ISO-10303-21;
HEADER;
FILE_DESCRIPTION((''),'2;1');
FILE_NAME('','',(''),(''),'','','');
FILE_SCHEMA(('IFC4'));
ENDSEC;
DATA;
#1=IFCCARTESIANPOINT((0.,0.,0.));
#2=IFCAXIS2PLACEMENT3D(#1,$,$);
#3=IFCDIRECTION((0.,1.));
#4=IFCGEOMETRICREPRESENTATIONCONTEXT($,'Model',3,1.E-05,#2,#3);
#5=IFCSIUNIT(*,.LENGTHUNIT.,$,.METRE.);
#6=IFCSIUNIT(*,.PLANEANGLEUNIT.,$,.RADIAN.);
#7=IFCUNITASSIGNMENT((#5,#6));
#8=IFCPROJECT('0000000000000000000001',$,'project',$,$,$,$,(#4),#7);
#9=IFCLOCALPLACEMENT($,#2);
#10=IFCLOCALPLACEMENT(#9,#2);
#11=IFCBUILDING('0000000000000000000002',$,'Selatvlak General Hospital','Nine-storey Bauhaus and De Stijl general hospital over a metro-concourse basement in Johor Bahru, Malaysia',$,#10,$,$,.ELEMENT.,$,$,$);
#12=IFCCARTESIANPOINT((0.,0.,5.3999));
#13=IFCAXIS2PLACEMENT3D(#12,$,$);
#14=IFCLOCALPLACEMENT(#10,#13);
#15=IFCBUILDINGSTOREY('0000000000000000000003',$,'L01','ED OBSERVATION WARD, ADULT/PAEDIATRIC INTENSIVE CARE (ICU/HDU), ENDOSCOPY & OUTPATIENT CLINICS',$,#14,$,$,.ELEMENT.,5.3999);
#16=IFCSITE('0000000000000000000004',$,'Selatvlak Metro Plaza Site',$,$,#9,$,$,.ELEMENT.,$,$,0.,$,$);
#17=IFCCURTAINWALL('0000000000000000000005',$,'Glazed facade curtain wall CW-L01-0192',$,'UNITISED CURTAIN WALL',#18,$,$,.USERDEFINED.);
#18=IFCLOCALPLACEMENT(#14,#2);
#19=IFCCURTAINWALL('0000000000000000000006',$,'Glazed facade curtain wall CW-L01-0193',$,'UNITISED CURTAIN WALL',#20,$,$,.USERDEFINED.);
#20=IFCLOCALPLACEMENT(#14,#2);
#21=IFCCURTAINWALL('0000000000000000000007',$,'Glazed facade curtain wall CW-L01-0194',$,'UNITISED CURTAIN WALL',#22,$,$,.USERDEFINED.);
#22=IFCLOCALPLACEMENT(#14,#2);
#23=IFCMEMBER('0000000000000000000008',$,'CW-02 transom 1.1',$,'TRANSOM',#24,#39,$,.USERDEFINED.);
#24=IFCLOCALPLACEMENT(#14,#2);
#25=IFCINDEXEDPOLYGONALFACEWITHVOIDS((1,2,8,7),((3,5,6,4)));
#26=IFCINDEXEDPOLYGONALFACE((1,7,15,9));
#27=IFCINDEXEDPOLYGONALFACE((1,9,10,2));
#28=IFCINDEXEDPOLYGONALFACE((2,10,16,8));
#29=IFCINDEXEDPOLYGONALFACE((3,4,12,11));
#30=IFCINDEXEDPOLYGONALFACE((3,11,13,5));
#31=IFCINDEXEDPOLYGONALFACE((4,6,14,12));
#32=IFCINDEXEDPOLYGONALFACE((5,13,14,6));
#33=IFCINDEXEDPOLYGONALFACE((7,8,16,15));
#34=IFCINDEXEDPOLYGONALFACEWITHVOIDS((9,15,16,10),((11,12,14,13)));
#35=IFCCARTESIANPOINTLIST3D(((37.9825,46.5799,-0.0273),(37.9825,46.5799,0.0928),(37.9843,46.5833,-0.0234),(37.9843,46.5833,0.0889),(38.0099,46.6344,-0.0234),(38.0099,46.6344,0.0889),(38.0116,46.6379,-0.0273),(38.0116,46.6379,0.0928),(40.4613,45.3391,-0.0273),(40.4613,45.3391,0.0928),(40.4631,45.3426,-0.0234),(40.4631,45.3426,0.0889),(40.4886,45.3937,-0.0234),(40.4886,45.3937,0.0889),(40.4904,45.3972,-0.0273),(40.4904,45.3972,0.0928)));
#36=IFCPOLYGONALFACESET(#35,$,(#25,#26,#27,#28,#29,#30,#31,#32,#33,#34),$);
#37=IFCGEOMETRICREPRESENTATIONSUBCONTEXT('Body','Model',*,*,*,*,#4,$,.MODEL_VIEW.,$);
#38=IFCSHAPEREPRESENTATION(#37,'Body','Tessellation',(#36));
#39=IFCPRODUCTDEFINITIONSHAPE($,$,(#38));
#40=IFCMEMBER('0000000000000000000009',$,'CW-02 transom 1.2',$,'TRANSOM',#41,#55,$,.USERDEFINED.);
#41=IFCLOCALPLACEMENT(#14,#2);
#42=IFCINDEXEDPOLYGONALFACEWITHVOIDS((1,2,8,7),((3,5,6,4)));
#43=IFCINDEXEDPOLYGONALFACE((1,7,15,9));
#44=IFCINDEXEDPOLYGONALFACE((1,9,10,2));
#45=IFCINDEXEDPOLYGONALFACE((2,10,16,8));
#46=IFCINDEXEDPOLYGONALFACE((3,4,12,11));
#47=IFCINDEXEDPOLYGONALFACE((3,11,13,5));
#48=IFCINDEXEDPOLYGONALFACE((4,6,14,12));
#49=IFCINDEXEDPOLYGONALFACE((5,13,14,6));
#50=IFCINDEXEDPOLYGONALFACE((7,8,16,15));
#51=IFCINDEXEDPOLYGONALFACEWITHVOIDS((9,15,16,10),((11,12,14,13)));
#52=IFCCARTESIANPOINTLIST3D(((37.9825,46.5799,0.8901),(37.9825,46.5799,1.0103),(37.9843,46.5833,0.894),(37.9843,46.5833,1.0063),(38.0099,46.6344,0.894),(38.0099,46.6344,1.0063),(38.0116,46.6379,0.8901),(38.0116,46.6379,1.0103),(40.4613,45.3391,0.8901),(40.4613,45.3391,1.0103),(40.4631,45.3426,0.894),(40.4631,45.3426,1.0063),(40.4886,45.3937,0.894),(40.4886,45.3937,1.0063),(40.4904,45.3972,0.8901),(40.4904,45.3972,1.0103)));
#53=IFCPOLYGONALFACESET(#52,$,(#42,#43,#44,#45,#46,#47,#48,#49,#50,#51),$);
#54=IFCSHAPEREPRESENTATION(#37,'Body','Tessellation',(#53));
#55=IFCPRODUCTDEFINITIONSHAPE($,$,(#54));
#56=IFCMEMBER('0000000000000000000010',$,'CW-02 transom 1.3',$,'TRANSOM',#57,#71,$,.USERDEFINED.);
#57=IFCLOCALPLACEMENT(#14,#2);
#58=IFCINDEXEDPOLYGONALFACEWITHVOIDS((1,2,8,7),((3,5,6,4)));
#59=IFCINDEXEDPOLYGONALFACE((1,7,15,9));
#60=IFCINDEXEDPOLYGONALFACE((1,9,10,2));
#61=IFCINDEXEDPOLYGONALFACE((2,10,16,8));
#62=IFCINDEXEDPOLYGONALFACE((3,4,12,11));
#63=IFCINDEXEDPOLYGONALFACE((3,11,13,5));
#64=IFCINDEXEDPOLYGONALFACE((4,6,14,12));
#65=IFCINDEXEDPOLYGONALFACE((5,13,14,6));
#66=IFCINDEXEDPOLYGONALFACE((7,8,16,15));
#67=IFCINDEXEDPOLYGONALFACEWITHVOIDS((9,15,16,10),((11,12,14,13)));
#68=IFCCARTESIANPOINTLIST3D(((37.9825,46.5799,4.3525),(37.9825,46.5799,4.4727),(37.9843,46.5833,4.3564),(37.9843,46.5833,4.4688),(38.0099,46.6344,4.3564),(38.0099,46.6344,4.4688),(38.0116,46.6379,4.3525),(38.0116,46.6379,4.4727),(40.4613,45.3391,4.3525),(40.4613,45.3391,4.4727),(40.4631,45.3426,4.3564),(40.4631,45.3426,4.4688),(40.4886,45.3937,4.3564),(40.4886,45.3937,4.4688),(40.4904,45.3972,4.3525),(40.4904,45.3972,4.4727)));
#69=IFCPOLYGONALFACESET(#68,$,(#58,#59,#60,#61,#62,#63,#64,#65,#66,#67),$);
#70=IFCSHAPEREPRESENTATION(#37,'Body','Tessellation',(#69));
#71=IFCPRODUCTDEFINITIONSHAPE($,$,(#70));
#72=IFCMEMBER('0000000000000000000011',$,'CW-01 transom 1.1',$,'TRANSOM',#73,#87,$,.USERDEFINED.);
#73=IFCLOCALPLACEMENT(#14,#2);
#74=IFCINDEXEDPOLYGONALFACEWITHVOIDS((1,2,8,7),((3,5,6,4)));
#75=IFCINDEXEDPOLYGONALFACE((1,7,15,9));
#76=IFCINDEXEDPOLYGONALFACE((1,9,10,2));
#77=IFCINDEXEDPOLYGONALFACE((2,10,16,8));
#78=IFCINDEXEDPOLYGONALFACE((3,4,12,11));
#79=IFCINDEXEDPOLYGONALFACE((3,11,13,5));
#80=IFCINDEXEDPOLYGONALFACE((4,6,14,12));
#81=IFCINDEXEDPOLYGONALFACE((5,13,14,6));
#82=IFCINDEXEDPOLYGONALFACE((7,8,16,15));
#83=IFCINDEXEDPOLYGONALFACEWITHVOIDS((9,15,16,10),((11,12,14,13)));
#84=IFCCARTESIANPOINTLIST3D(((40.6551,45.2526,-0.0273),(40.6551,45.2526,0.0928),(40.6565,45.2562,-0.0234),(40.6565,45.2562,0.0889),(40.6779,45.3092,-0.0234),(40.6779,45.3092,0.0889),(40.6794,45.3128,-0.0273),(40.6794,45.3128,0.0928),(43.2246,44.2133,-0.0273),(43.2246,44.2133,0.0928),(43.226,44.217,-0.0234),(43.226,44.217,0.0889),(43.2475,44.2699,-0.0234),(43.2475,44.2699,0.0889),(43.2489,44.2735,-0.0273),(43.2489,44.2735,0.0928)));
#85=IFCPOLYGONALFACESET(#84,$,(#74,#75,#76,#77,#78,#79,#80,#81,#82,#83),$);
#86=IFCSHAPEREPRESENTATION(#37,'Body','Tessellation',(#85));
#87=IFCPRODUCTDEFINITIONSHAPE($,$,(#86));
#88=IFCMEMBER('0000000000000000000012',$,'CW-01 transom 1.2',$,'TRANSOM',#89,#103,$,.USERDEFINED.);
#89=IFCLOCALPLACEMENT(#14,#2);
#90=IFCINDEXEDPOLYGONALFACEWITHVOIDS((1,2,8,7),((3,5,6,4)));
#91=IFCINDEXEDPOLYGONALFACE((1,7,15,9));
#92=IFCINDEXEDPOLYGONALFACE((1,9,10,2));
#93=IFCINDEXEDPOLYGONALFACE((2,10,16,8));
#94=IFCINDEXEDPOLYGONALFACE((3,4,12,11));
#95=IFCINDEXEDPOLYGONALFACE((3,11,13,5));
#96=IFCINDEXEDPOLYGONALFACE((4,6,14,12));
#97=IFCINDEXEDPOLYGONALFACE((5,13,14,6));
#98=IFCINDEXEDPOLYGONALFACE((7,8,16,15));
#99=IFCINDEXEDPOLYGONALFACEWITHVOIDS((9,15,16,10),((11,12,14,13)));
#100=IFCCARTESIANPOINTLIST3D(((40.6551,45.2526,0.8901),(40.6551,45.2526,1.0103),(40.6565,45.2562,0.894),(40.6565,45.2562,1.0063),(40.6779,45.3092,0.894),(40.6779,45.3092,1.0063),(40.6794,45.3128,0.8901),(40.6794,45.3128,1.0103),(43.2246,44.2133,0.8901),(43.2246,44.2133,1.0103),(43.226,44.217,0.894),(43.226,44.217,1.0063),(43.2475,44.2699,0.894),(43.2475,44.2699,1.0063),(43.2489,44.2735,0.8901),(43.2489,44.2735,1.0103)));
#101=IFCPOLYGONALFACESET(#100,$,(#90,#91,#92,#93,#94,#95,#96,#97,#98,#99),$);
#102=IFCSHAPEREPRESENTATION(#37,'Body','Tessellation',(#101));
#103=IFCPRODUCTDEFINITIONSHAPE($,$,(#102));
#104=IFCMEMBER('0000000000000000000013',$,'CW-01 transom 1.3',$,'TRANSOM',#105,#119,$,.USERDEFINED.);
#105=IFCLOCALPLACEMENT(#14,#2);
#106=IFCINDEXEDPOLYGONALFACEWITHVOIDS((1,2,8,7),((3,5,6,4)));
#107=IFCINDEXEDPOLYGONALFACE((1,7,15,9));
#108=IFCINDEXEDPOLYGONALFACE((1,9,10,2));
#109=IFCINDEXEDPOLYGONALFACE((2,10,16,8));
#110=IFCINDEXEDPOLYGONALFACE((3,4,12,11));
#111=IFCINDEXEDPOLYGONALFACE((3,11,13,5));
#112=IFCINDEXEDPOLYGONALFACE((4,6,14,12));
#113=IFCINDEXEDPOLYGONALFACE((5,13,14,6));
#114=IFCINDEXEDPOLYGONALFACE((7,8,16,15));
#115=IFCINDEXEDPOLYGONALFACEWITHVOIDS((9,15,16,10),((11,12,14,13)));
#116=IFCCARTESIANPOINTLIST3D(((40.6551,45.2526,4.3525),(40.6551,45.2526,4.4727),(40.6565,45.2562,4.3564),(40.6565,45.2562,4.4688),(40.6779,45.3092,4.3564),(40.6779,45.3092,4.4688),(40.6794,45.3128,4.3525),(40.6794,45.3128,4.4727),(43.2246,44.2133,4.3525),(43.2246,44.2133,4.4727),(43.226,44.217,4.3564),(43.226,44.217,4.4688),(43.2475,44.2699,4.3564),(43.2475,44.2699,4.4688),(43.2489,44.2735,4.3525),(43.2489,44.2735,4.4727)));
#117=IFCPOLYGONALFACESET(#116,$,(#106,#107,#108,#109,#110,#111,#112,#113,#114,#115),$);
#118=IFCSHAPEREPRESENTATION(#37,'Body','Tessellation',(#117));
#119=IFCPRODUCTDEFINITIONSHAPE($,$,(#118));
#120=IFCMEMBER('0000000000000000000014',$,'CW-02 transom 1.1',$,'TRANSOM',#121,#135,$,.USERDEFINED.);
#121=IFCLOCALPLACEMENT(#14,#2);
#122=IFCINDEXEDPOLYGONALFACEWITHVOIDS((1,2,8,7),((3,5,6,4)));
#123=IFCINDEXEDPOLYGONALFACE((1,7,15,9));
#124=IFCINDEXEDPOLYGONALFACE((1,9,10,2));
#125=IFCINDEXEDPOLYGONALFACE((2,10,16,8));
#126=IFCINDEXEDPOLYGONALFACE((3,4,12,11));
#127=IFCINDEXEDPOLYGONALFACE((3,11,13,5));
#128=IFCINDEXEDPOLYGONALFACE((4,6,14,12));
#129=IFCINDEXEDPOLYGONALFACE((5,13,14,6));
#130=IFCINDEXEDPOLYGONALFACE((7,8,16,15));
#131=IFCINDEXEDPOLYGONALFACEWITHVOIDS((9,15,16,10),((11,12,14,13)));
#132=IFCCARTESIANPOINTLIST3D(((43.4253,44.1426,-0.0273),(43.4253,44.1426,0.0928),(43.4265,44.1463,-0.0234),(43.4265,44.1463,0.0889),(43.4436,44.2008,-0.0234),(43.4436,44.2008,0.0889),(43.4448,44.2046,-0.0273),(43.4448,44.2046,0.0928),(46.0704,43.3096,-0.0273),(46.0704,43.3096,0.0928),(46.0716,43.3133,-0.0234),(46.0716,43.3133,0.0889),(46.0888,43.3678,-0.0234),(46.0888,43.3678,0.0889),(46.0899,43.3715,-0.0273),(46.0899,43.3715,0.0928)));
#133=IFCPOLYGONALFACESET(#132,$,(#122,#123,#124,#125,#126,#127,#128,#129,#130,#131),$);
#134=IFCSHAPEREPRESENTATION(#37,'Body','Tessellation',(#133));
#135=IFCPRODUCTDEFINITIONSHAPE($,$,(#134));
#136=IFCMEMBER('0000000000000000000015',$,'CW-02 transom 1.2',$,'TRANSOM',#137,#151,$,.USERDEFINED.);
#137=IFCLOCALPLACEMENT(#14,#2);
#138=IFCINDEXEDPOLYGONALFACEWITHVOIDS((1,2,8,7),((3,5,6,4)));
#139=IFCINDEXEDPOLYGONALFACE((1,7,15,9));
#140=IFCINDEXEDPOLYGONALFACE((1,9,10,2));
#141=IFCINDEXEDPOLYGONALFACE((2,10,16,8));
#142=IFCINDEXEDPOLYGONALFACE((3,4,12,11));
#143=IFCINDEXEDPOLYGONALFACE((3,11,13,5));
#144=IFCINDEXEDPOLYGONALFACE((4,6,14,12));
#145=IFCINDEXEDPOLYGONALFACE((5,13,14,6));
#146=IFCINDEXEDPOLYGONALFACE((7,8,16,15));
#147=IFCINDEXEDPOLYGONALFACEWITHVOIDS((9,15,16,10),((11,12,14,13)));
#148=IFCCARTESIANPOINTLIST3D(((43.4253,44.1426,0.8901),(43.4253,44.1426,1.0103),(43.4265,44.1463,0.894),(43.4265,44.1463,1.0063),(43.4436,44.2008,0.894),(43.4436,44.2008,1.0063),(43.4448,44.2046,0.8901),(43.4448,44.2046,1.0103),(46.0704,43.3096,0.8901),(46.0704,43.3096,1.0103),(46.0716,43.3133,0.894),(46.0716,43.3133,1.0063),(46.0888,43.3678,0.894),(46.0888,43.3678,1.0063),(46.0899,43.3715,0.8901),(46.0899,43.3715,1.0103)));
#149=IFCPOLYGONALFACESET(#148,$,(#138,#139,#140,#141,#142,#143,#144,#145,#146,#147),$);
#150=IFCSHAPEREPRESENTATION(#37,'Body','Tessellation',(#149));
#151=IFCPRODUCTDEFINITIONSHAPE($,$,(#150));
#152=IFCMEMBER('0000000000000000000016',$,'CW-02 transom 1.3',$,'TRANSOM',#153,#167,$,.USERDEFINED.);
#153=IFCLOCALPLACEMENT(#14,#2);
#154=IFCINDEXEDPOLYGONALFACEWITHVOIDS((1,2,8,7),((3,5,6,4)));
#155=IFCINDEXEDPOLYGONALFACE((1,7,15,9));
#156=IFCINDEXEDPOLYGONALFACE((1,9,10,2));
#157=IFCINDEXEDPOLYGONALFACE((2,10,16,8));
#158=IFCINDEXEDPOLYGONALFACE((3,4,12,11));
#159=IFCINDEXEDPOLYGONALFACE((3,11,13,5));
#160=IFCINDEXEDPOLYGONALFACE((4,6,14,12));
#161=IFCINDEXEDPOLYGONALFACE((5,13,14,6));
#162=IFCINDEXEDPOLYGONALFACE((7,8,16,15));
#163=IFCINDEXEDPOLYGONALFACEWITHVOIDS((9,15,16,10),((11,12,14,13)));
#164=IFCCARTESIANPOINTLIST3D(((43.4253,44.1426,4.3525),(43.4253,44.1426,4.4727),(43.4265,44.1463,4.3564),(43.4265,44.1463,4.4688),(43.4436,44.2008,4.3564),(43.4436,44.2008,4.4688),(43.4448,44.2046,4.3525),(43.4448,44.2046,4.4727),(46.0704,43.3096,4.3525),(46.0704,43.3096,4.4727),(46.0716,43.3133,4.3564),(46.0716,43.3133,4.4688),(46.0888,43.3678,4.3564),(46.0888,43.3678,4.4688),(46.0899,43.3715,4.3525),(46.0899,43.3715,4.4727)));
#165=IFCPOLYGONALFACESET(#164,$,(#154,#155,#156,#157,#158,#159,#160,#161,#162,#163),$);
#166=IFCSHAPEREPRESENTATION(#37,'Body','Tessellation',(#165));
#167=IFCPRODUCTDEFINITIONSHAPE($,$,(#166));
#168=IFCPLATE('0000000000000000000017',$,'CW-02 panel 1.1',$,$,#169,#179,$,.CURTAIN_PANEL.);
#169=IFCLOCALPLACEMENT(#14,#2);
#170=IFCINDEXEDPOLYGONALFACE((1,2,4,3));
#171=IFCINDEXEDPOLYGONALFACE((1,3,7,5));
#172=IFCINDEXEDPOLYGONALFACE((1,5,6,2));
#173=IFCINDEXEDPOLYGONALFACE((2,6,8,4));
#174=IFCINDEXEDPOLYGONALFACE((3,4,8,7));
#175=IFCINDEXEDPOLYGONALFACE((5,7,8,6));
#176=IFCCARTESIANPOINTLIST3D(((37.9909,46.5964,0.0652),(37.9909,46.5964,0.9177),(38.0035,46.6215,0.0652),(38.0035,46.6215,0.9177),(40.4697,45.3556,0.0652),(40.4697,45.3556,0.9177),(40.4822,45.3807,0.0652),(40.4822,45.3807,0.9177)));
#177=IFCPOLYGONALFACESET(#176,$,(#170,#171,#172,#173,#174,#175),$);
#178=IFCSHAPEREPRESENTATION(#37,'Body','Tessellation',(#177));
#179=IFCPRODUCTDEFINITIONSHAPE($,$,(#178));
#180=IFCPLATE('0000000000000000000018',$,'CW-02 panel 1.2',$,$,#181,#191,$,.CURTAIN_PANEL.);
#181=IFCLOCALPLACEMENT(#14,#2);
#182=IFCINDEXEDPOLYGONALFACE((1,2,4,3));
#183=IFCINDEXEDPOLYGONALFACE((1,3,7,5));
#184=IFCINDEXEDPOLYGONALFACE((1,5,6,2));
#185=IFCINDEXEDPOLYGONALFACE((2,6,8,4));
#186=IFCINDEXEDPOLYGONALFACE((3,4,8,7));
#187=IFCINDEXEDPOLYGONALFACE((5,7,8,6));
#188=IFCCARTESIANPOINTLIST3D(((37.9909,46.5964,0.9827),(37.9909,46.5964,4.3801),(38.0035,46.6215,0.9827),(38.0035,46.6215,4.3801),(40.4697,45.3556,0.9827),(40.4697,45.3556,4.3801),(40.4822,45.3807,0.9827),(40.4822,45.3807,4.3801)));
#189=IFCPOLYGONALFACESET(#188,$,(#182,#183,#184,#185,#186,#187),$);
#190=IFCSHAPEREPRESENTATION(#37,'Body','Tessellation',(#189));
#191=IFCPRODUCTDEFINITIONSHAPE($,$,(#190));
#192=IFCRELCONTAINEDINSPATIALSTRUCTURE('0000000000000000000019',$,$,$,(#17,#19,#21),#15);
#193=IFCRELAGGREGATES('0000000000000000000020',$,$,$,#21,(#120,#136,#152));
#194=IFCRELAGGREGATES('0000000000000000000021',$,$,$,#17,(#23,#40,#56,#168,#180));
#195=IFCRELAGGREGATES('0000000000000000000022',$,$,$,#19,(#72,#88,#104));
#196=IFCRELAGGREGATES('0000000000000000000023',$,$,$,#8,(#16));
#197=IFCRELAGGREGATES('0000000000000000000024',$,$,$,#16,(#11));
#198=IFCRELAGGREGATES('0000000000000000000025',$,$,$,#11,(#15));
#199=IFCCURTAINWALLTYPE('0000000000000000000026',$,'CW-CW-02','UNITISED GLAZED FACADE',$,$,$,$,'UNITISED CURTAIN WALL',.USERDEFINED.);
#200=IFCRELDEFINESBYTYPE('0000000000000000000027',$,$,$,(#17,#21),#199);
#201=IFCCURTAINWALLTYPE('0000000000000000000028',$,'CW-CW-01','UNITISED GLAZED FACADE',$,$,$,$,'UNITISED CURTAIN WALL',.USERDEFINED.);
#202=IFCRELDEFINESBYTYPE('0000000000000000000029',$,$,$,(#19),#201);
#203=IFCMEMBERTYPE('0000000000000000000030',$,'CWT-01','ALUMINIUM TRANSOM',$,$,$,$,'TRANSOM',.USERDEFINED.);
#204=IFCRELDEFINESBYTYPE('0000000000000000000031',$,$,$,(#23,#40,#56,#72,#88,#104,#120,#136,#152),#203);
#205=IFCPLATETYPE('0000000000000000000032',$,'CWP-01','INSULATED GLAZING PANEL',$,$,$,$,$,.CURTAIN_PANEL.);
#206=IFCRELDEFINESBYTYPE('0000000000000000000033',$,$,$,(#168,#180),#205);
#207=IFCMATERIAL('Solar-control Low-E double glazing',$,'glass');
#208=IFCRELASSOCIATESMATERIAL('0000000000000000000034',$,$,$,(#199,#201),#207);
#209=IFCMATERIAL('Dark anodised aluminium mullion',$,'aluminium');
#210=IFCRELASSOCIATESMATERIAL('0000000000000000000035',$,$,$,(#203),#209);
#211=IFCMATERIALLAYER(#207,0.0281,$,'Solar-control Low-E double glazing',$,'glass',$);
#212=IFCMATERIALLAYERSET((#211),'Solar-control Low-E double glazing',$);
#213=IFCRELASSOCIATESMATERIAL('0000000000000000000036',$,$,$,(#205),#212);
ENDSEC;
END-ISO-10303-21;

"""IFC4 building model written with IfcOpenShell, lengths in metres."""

from ifc_helpers import new_model, si_unit, direction, frame, origin, origin_2d, place, context, subcontext, project, spatial, rectangle, hollow_rectangle, extrude, material, layer, layer_set, material_profile, profile_set, type_object, element, aggregate, save


model = new_model("IFC4")

# Units and contexts
model_context = context("Model", 3, precision=1e-05, world=origin(), true_north=direction((0.0, 1.0)))
body_context = subcontext(model_context, "Body", "Model", "MODEL_VIEW")
ifc_project = project(units=[si_unit("LENGTHUNIT", "METRE"), si_unit("PLANEANGLEUNIT", "RADIAN")], contexts=[model_context])

# Site, building, storey
site_placement = place(None, origin())
site = spatial("IfcSite", under=ifc_project, at=site_placement, Name="Selatvlak Metro Plaza Site", CompositionType="ELEMENT", RefElevation=0.0)
building_placement = place(site_placement, origin())
building = spatial("IfcBuilding", under=site, at=building_placement, Name="Selatvlak General Hospital", Description="Nine-storey Bauhaus and De Stijl general hospital over a metro-concourse basement in Johor Bahru, Malaysia", CompositionType="ELEMENT")
storey_placement = place(building_placement, frame((0.0, 0.0, 5.3999)))
storey = spatial("IfcBuildingStorey", under=building, at=storey_placement, Name="L01", Description="ED OBSERVATION WARD, ADULT/PAEDIATRIC INTENSIVE CARE (ICU/HDU), ENDOSCOPY & OUTPATIENT CLINICS", CompositionType="ELEMENT", Elevation=5.3999)

# Curtain walls
ifc_material_1 = material(Name="Solar-control Low-E double glazing", Category="glass")
curtain_wall_type_1 = type_object("IfcCurtainWallType", Name="CW-CW-02", Description="UNITISED GLAZED FACADE", ElementType="UNITISED CURTAIN WALL", PredefinedType="USERDEFINED", material=ifc_material_1)
curtain_wall_1_placement = place(storey_placement, origin())
curtain_wall_1 = element("IfcCurtainWall", 1, at=curtain_wall_1_placement, inside=storey, type_object=curtain_wall_type_1, Name="Glazed facade curtain wall CW-L01-0192", ObjectType="UNITISED CURTAIN WALL", PredefinedType="USERDEFINED")
ifc_material_2 = material(Name="Dark anodised aluminium mullion", Category="aluminium")
curtain_wall_type_2 = type_object("IfcCurtainWallType", Name="CW-CW-01", Description="UNITISED GLAZED FACADE", ElementType="UNITISED CURTAIN WALL", PredefinedType="USERDEFINED", material=ifc_material_1)
curtain_wall_2_placement = place(storey_placement, origin())
curtain_wall_2 = element("IfcCurtainWall", 2, at=curtain_wall_2_placement, inside=storey, type_object=curtain_wall_type_2, Name="Glazed facade curtain wall CW-L01-0193", ObjectType="UNITISED CURTAIN WALL", PredefinedType="USERDEFINED")

# Curtain wall
curtain_wall_3_placement = place(storey_placement, origin())
curtain_wall_3 = element("IfcCurtainWall", 3, at=curtain_wall_3_placement, inside=storey, type_object=curtain_wall_type_1, Name="Glazed facade curtain wall CW-L01-0194", ObjectType="UNITISED CURTAIN WALL", PredefinedType="USERDEFINED")

# Members
ifc_material_profile_1 = material_profile(ifc_material_2, hollow_rectangle(XDim=0.0649, YDim=0.1201, WallThickness=0.0039, at=origin_2d()), Name="AL-TRN 65x120x4")
ifc_profile_set_1 = profile_set([ifc_material_profile_1], Name="Dark anodised aluminium mullion")
member_type_1 = type_object("IfcMemberType", Name="CWT-01", Description="ALUMINIUM TRANSOM", ElementType="TRANSOM", PredefinedType="USERDEFINED", material=ifc_profile_set_1)
member_1_placement = place(storey_placement, frame((37.9971, 46.6089, 0.0327), z_axis=(0.894233, -0.447601, 0.0), x_axis=(0.447601, 0.894233, 0.0)))
member_1 = element("IfcMember", 4, at=member_1_placement, type_object=member_type_1, Name="CW-02 transom 1.1", ObjectType="TRANSOM", PredefinedType="USERDEFINED", context=body_context, shape_type="SweptSolid", body=[
    extrude(hollow_rectangle(XDim=0.0649, YDim=0.1201, WallThickness=0.0039, at=origin_2d()), origin(), (0.0, 0.0, 1.0), 2.772),
])
member_2_placement = place(storey_placement, frame((37.9971, 46.6089, 0.9502), z_axis=(0.894233, -0.447601, 0.0), x_axis=(0.447601, 0.894233, 0.0)))
member_2 = element("IfcMember", 5, at=member_2_placement, type_object=member_type_1, Name="CW-02 transom 1.2", ObjectType="TRANSOM", PredefinedType="USERDEFINED", context=body_context, shape_type="SweptSolid", body=[
    extrude(hollow_rectangle(XDim=0.0649, YDim=0.1201, WallThickness=0.0039, at=origin_2d()), origin(), (0.0, 0.0, 1.0), 2.772),
])
member_3_placement = place(storey_placement, frame((37.9971, 46.6089, 4.4126), z_axis=(0.894233, -0.447601, 0.0), x_axis=(0.447601, 0.894233, 0.0)))
member_3 = element("IfcMember", 6, at=member_3_placement, type_object=member_type_1, Name="CW-02 transom 1.3", ObjectType="TRANSOM", PredefinedType="USERDEFINED", context=body_context, shape_type="SweptSolid", body=[
    extrude(hollow_rectangle(XDim=0.0649, YDim=0.1201, WallThickness=0.0039, at=origin_2d()), origin(), (0.0, 0.0, 1.0), 2.772),
])
member_4_placement = place(storey_placement, frame((40.6672, 45.2827, 0.0327), z_axis=(0.927042, -0.374957, 0.0), x_axis=(0.374957, 0.927042, 0.0)))
member_4 = element("IfcMember", 7, at=member_4_placement, type_object=member_type_1, Name="CW-01 transom 1.1", ObjectType="TRANSOM", PredefinedType="USERDEFINED", context=body_context, shape_type="SweptSolid", body=[
    extrude(hollow_rectangle(XDim=0.0649, YDim=0.1201, WallThickness=0.0039, at=origin_2d()), origin(), (0.0, 0.0, 1.0), 2.7717),
])
member_5_placement = place(storey_placement, frame((40.6672, 45.2827, 0.9502), z_axis=(0.927042, -0.374957, 0.0), x_axis=(0.374957, 0.927042, 0.0)))
member_5 = element("IfcMember", 8, at=member_5_placement, type_object=member_type_1, Name="CW-01 transom 1.2", ObjectType="TRANSOM", PredefinedType="USERDEFINED", context=body_context, shape_type="SweptSolid", body=[
    extrude(hollow_rectangle(XDim=0.0649, YDim=0.1201, WallThickness=0.0039, at=origin_2d()), origin(), (0.0, 0.0, 1.0), 2.7717),
])
member_6_placement = place(storey_placement, frame((40.6672, 45.2827, 4.4126), z_axis=(0.927042, -0.374957, 0.0), x_axis=(0.374957, 0.927042, 0.0)))
member_6 = element("IfcMember", 9, at=member_6_placement, type_object=member_type_1, Name="CW-01 transom 1.3", ObjectType="TRANSOM", PredefinedType="USERDEFINED", context=body_context, shape_type="SweptSolid", body=[
    extrude(hollow_rectangle(XDim=0.0649, YDim=0.1201, WallThickness=0.0039, at=origin_2d()), origin(), (0.0, 0.0, 1.0), 2.7717),
])
member_7_placement = place(storey_placement, frame((43.4351, 44.1736, 0.0327), z_axis=(0.953817, -0.30039, 0.0), x_axis=(0.30039, 0.953817, 0.0)))
member_7 = element("IfcMember", 10, at=member_7_placement, type_object=member_type_1, Name="CW-02 transom 1.1", ObjectType="TRANSOM", PredefinedType="USERDEFINED", context=body_context, shape_type="SweptSolid", body=[
    extrude(hollow_rectangle(XDim=0.0649, YDim=0.1201, WallThickness=0.0039, at=origin_2d()), origin(), (0.0, 0.0, 1.0), 2.7732),
])
member_8_placement = place(storey_placement, frame((43.4351, 44.1736, 0.9502), z_axis=(0.953817, -0.30039, 0.0), x_axis=(0.30039, 0.953817, 0.0)))
member_8 = element("IfcMember", 11, at=member_8_placement, type_object=member_type_1, Name="CW-02 transom 1.2", ObjectType="TRANSOM", PredefinedType="USERDEFINED", context=body_context, shape_type="SweptSolid", body=[
    extrude(hollow_rectangle(XDim=0.0649, YDim=0.1201, WallThickness=0.0039, at=origin_2d()), origin(), (0.0, 0.0, 1.0), 2.7732),
])
member_9_placement = place(storey_placement, frame((43.4351, 44.1736, 4.4126), z_axis=(0.953817, -0.30039, 0.0), x_axis=(0.30039, 0.953817, 0.0)))
member_9 = element("IfcMember", 12, at=member_9_placement, type_object=member_type_1, Name="CW-02 transom 1.3", ObjectType="TRANSOM", PredefinedType="USERDEFINED", context=body_context, shape_type="SweptSolid", body=[
    extrude(hollow_rectangle(XDim=0.0649, YDim=0.1201, WallThickness=0.0039, at=origin_2d()), origin(), (0.0, 0.0, 1.0), 2.7732),
])
aggregate(curtain_wall_3, [member_7, member_8, member_9])

# Plates
ifc_layer_1 = layer(ifc_material_1, 0.0281, Name="Solar-control Low-E double glazing", Category="glass")
ifc_layer_set_1 = layer_set([ifc_layer_1], Name="Solar-control Low-E double glazing")
plate_type = type_object("IfcPlateType", Name="CWP-01", Description="INSULATED GLAZING PANEL", PredefinedType="CURTAIN_PANEL", material=ifc_layer_set_1)
plate_1_placement = place(storey_placement, frame((39.2366, 45.9885, 0.0652), z_axis=(0.0, 0.0, 1.0), x_axis=(0.89422, -0.447627, 0.0)))
plate_1 = element("IfcPlate", 13, at=plate_1_placement, type_object=plate_type, Name="CW-02 panel 1.1", PredefinedType="CURTAIN_PANEL", context=body_context, shape_type="SweptSolid", body=[
    extrude(rectangle(XDim=2.772, YDim=0.0281, at=origin_2d()), origin(), (0.0, 0.0, 1.0), 0.8525),
])
plate_2_placement = place(storey_placement, frame((39.2366, 45.9885, 0.9827), z_axis=(0.0, 0.0, 1.0), x_axis=(0.89422, -0.447627, 0.0)))
plate_2 = element("IfcPlate", 14, at=plate_2_placement, type_object=plate_type, Name="CW-02 panel 1.2", PredefinedType="CURTAIN_PANEL", context=body_context, shape_type="SweptSolid", body=[
    extrude(rectangle(XDim=2.772, YDim=0.0281, at=origin_2d()), origin(), (0.0, 0.0, 1.0), 3.3975),
])
aggregate(curtain_wall_1, [member_1, member_2, member_3, plate_1, plate_2])
aggregate(curtain_wall_2, [member_4, member_5, member_6])

save(model, "model.ifc")
